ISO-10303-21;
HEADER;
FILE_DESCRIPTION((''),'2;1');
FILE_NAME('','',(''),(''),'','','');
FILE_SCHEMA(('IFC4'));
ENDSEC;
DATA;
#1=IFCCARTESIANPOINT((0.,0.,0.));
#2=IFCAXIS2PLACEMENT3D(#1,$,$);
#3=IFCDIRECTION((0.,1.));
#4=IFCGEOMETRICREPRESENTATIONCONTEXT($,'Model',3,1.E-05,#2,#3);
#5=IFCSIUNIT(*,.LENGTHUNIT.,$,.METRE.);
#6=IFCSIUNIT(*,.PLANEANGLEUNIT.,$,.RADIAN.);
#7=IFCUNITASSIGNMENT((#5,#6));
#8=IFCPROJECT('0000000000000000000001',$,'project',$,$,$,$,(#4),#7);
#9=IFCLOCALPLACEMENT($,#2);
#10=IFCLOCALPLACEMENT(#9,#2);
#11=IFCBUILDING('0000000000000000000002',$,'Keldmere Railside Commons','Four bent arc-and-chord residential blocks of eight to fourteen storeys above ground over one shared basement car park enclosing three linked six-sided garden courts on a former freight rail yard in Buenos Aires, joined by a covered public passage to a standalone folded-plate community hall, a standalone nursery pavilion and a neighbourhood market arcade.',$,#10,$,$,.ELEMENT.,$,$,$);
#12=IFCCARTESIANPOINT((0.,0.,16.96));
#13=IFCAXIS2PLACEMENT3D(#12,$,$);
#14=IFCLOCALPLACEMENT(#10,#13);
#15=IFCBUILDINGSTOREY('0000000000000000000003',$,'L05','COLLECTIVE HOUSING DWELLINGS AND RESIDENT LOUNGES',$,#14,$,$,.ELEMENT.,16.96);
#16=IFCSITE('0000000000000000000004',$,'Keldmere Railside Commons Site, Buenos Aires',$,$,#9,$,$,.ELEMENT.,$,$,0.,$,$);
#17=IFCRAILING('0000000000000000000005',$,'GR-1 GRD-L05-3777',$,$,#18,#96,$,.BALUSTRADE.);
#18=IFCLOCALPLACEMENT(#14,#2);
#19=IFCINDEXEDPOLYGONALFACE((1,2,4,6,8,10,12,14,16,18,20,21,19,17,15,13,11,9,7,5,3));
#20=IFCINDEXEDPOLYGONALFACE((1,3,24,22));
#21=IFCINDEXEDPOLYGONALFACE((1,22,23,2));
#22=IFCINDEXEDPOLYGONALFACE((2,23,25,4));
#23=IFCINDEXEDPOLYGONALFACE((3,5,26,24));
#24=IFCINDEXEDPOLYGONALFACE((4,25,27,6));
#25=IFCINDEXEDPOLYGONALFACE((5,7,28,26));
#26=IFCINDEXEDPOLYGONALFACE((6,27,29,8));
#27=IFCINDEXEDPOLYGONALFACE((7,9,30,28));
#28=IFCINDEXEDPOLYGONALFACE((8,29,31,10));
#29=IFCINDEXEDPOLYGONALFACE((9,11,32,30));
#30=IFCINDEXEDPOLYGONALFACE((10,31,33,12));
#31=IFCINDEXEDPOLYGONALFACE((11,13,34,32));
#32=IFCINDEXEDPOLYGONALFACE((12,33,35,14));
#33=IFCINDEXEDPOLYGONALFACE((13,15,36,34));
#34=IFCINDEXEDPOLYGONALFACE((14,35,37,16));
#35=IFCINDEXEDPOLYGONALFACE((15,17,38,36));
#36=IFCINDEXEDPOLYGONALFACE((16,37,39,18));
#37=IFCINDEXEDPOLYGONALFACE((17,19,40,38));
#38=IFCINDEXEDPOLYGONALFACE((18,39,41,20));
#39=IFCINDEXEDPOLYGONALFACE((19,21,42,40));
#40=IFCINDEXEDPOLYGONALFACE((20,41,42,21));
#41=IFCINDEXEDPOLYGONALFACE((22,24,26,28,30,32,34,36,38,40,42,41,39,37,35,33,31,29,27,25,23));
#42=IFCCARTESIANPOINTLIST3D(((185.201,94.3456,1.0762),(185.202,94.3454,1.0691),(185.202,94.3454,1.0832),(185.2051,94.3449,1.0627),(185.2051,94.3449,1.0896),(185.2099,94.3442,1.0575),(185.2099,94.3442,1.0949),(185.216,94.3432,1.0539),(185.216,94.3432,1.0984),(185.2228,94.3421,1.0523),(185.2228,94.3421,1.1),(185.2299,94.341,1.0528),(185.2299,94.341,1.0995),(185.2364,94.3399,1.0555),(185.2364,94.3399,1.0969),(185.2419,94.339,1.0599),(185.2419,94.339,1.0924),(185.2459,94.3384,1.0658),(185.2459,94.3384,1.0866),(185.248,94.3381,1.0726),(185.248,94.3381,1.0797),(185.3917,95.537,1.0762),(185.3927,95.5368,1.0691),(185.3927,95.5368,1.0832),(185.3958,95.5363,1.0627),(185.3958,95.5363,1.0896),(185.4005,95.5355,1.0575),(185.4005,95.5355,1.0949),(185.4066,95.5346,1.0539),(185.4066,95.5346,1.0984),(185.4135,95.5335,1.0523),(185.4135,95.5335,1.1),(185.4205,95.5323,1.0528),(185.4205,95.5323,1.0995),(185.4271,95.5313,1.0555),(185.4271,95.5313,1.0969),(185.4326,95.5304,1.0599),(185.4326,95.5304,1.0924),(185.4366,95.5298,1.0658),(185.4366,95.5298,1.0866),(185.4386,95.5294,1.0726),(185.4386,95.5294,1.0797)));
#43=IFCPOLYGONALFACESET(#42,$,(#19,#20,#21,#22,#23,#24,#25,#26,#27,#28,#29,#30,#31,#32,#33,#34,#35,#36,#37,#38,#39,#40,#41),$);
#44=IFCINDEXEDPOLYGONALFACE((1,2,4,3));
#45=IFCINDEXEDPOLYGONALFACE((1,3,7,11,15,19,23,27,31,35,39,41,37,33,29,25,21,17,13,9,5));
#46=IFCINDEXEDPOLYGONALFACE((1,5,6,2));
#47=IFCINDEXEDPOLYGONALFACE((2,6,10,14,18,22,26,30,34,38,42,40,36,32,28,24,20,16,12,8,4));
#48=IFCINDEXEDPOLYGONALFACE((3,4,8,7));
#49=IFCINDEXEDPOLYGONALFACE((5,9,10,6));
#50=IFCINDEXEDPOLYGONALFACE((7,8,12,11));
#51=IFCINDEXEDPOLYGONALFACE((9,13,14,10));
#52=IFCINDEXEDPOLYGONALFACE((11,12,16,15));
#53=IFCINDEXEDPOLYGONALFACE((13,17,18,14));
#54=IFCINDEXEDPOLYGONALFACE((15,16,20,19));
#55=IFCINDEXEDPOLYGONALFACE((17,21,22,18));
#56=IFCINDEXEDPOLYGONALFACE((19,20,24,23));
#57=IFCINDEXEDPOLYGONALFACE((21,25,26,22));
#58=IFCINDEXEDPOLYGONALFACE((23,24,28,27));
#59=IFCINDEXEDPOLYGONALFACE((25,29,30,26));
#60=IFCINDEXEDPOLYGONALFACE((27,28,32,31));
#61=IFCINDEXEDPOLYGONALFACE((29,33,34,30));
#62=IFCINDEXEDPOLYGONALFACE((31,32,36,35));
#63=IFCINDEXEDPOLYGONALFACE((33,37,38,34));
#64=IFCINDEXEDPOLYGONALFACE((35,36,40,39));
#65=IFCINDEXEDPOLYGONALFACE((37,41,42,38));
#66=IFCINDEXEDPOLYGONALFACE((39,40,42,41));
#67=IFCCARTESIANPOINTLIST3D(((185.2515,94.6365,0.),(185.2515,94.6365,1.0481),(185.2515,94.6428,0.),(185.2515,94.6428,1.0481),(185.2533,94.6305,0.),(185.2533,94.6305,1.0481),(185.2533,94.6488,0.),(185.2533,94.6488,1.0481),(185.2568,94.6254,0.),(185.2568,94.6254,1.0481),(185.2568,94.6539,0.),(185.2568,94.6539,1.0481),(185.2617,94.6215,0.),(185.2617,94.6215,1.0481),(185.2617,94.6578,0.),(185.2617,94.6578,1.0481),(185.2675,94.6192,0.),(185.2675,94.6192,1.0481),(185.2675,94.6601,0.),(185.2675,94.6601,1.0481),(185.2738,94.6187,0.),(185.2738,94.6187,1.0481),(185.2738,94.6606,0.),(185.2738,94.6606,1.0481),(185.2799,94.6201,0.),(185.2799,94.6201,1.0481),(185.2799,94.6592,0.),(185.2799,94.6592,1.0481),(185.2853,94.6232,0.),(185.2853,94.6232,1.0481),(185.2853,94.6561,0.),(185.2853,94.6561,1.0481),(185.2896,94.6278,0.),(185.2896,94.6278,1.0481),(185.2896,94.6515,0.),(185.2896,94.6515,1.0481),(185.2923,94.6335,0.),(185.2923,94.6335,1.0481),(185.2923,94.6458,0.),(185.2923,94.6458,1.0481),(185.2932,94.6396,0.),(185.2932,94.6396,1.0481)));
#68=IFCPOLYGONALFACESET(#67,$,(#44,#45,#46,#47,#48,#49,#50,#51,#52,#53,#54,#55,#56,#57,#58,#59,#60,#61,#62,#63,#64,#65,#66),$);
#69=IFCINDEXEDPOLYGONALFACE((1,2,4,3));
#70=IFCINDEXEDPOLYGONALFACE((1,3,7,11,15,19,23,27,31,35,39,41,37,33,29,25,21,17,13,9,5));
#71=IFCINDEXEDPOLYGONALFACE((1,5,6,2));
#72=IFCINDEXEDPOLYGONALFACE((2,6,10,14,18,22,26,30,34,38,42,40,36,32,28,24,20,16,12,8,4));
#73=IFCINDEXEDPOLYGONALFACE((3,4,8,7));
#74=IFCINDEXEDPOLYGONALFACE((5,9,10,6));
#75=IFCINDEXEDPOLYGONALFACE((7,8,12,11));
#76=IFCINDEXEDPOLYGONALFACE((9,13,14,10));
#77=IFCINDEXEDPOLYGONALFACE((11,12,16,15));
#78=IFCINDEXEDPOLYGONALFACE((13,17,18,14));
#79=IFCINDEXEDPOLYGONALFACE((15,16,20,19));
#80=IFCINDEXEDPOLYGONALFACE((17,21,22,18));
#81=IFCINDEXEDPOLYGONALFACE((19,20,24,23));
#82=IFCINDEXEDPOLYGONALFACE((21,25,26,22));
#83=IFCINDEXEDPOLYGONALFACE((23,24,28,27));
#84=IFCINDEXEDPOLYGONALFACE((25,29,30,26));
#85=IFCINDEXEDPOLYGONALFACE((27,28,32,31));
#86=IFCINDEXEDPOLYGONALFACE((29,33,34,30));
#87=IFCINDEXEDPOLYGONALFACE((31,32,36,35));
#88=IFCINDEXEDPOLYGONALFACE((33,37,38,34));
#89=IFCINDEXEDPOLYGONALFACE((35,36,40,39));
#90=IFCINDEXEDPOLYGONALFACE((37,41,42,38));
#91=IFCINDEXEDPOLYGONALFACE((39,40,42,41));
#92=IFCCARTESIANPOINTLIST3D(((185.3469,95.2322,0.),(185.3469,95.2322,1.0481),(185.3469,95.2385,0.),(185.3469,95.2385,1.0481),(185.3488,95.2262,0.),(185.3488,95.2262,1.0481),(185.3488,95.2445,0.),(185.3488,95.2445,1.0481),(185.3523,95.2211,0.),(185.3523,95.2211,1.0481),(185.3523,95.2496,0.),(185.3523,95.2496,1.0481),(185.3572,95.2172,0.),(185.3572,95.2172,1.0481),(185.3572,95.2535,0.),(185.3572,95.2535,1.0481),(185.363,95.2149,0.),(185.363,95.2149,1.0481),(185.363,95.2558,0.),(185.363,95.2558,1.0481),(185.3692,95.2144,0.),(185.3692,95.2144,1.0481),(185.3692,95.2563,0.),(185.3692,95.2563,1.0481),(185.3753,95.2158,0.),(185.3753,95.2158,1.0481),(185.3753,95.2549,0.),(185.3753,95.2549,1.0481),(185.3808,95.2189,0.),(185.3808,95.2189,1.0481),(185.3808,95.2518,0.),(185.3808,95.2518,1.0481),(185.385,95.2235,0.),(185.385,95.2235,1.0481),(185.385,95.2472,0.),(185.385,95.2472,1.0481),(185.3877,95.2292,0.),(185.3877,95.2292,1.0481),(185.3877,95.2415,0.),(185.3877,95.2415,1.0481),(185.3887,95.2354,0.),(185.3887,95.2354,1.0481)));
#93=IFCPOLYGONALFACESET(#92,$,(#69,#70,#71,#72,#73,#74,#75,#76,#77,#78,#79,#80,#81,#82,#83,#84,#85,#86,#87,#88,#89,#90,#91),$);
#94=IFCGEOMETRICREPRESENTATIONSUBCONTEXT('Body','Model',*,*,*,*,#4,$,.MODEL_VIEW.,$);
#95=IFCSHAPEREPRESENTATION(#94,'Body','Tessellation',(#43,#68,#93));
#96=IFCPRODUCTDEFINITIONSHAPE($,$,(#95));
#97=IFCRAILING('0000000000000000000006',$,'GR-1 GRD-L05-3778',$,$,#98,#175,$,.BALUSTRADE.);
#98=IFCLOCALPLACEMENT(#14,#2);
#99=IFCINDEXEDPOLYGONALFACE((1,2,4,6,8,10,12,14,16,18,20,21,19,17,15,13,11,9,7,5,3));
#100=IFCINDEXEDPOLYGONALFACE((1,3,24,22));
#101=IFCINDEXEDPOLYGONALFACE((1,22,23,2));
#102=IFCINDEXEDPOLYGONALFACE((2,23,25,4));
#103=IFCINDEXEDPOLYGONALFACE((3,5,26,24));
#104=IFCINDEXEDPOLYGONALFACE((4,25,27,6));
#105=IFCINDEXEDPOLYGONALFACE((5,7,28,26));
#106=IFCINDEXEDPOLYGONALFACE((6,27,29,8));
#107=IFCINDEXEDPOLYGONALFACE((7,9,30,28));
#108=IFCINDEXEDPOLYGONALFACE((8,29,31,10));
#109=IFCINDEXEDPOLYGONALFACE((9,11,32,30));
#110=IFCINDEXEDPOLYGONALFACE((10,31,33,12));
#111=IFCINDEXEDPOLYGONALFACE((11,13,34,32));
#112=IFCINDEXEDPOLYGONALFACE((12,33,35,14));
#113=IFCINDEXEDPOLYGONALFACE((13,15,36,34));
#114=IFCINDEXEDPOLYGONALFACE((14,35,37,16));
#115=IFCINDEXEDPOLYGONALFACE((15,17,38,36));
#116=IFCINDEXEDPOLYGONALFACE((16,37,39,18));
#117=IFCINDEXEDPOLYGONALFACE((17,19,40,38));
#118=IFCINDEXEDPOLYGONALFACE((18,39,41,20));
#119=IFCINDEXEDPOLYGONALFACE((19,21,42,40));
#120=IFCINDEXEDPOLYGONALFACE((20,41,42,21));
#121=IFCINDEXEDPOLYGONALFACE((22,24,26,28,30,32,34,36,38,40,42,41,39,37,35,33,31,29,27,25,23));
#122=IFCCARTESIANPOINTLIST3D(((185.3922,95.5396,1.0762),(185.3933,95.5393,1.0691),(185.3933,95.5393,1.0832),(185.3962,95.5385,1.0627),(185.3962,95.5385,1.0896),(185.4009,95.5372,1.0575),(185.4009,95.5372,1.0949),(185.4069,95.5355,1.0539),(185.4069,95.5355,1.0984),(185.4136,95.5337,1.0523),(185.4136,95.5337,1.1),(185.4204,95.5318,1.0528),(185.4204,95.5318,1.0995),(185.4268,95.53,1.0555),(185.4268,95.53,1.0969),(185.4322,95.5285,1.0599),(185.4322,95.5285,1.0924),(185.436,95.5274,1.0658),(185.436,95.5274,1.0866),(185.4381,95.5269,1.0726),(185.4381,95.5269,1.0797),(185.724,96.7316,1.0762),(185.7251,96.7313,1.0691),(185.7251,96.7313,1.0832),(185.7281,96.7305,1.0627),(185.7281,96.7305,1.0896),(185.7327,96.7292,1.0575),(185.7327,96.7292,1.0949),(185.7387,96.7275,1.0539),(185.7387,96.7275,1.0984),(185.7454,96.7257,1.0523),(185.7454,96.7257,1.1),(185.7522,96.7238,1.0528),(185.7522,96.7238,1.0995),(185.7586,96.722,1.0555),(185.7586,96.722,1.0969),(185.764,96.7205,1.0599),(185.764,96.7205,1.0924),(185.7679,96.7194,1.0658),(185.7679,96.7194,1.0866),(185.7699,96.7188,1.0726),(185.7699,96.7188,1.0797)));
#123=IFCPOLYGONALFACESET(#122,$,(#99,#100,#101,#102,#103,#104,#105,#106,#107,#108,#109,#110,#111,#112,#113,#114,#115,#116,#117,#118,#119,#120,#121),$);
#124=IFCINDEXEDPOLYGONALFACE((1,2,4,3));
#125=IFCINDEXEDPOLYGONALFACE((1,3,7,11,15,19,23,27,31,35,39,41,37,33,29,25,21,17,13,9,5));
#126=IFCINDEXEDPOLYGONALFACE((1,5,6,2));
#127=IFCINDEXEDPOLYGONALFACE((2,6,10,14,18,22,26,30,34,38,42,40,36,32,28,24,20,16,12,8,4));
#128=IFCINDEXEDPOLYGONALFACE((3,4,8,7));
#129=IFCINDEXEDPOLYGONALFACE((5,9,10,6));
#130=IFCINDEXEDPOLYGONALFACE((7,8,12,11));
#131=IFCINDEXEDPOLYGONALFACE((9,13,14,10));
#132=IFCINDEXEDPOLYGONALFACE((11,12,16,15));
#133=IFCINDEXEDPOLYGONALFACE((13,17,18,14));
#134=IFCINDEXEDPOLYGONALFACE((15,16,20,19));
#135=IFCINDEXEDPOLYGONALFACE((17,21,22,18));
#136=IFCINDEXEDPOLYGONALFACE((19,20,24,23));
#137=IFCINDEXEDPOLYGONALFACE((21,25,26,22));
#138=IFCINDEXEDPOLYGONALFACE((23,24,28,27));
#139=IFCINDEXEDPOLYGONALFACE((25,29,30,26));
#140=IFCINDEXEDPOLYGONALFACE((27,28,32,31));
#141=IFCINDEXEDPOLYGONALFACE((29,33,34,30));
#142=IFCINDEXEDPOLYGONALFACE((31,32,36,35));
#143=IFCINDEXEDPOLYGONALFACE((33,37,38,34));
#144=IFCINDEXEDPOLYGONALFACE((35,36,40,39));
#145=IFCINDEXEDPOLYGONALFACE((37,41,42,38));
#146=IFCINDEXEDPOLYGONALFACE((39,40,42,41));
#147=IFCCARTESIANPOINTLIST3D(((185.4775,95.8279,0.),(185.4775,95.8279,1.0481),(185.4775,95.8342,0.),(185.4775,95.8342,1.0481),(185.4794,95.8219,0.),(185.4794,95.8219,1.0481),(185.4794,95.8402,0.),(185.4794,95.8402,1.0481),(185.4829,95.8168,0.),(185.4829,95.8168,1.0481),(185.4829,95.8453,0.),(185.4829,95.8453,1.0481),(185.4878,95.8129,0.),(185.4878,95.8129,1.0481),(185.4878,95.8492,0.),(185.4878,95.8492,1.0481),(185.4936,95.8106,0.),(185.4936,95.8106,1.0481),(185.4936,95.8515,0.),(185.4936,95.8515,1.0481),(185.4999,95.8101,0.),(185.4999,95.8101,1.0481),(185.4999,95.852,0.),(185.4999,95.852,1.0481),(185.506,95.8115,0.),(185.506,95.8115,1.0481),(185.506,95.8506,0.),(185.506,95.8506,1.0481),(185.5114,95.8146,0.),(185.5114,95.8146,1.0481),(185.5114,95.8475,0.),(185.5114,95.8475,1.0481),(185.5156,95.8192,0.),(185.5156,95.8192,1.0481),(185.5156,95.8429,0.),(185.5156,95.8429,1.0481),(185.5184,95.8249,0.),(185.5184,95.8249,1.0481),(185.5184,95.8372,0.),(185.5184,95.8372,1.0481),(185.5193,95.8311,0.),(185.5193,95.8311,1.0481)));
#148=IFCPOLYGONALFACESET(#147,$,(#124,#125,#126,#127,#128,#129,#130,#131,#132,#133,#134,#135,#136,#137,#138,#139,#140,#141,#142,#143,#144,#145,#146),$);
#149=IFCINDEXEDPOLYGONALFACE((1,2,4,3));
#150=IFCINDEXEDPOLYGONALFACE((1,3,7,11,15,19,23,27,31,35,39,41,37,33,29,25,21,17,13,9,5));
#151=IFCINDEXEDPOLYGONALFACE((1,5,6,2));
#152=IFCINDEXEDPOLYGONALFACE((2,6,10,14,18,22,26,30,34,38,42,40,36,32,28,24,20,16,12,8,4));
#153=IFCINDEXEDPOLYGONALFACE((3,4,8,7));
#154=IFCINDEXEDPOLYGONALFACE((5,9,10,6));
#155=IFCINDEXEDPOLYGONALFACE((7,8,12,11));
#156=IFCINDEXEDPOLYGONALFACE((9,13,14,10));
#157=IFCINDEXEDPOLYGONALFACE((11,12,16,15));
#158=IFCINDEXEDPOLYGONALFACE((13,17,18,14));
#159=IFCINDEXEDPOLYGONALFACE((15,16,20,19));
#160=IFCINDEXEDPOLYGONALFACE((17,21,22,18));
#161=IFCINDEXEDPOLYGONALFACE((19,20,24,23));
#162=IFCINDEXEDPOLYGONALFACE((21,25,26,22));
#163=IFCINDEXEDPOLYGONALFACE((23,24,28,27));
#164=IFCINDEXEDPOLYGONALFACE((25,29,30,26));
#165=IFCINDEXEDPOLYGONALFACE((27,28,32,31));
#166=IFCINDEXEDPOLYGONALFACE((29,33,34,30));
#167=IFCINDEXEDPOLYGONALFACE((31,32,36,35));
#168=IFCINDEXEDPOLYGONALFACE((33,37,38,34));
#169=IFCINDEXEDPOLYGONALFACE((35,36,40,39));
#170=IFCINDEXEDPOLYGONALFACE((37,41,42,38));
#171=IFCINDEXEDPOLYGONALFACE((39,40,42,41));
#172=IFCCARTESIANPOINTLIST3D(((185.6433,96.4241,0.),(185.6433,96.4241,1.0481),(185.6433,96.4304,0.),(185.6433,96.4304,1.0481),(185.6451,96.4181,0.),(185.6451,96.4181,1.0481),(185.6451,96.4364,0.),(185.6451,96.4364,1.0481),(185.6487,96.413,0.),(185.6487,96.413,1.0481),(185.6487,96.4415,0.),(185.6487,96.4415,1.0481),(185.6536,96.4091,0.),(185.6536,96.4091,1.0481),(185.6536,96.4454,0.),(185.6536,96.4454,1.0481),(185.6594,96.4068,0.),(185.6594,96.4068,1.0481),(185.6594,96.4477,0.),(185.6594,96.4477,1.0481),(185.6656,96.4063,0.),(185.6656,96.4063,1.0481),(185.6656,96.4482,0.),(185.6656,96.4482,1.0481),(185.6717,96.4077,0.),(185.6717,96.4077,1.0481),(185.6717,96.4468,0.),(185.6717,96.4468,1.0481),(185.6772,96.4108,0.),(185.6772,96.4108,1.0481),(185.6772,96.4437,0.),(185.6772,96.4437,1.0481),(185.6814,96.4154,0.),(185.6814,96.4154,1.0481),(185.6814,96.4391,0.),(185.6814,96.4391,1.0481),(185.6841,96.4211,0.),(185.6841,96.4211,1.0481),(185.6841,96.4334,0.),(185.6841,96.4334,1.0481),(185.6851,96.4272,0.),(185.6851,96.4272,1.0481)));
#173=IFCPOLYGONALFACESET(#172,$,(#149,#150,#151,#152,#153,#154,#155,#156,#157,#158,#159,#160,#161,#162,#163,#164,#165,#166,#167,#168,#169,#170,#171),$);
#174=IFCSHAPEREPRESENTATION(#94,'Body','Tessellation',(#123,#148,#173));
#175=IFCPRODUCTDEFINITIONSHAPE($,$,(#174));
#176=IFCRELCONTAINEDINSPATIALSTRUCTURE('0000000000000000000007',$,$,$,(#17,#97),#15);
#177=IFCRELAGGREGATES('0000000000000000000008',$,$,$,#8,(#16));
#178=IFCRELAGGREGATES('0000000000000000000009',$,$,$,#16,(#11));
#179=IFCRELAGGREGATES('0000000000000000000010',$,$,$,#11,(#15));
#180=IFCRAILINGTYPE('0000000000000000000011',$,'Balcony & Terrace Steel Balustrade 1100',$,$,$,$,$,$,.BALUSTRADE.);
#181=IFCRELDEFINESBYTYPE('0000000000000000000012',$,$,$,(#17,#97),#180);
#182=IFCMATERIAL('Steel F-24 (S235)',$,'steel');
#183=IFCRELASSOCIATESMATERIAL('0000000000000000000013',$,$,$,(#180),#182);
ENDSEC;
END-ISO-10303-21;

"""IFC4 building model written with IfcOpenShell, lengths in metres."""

from ifc_helpers import new_model, si_unit, direction, frame, origin, origin_2d, place, context, subcontext, project, spatial, circle, extrude, material, type_object, element, save


model = new_model("IFC4")

# Units and contexts
model_context = context("Model", 3, precision=1e-05, world=origin(), true_north=direction((0.0, 1.0)))
body_context = subcontext(model_context, "Body", "Model", "MODEL_VIEW")
ifc_project = project(units=[si_unit("LENGTHUNIT", "METRE"), si_unit("PLANEANGLEUNIT", "RADIAN")], contexts=[model_context])

# Site, building, storey
site_placement = place(None, origin())
site = spatial("IfcSite", under=ifc_project, at=site_placement, Name="Keldmere Railside Commons Site, Buenos Aires", CompositionType="ELEMENT", RefElevation=0.0)
building_placement = place(site_placement, origin())
building = spatial("IfcBuilding", under=site, at=building_placement, Name="Keldmere Railside Commons", Description="Four bent arc-and-chord residential blocks of eight to fourteen storeys above ground over one shared basement car park enclosing three linked six-sided garden courts on a former freight rail yard in Buenos Aires, joined by a covered public passage to a standalone folded-plate community hall, a standalone nursery pavilion and a neighbourhood market arcade.", CompositionType="ELEMENT")
storey_placement = place(building_placement, frame((0.0, 0.0, 16.96)))
storey = spatial("IfcBuildingStorey", under=building, at=storey_placement, Name="L05", Description="COLLECTIVE HOUSING DWELLINGS AND RESIDENT LOUNGES", CompositionType="ELEMENT", Elevation=16.96)

# Railings
ifc_material_1 = material(Name="Steel F-24 (S235)", Category="steel")
railing_type = type_object("IfcRailingType", Name="Balcony & Terrace Steel Balustrade 1100", PredefinedType="BALUSTRADE", material=ifc_material_1)
railing_1_placement = place(storey_placement, frame((185.2246, 94.3418, 0.0)))
element("IfcRailing", 1, at=railing_1_placement, inside=storey, type_object=railing_type, Name="GR-1 GRD-L05-3777", PredefinedType="BALUSTRADE", context=body_context, shape_type="SweptSolid", body=[
    extrude(circle(Radius=0.0239, at=origin_2d()), frame((0.0, 0.0, 1.0762), z_axis=(0.15803, 0.987434, 0.0), x_axis=(-0.987434, 0.15803, 0.0)), (0.0, 0.0, 1.0), 1.2065),
    extrude(circle(Radius=0.021, at=origin_2d()), frame((0.0476, 0.2979, 0.0)), (0.0, 0.0, 1.0), 1.0481),
    extrude(circle(Radius=0.021, at=origin_2d()), frame((0.1431, 0.8936, 0.0)), (0.0, 0.0, 1.0), 1.0481),
])
railing_2_placement = place(storey_placement, frame((185.4153, 95.5332, 0.0)))
element("IfcRailing", 2, at=railing_2_placement, inside=storey, type_object=railing_type, Name="GR-1 GRD-L05-3778", PredefinedType="BALUSTRADE", context=body_context, shape_type="SweptSolid", body=[
    extrude(circle(Radius=0.0239, at=origin_2d()), frame((0.0, 0.0, 1.0762), z_axis=(0.268173, 0.963371, 0.0), x_axis=(-0.963371, 0.268173, 0.0)), (0.0, 0.0, 1.0), 1.2373),
    extrude(circle(Radius=0.021, at=origin_2d()), frame((0.083, 0.2979, 0.0)), (0.0, 0.0, 1.0), 1.0481),
    extrude(circle(Radius=0.021, at=origin_2d()), frame((0.2488, 0.894, 0.0)), (0.0, 0.0, 1.0), 1.0481),
])

save(model, "model.ifc")
